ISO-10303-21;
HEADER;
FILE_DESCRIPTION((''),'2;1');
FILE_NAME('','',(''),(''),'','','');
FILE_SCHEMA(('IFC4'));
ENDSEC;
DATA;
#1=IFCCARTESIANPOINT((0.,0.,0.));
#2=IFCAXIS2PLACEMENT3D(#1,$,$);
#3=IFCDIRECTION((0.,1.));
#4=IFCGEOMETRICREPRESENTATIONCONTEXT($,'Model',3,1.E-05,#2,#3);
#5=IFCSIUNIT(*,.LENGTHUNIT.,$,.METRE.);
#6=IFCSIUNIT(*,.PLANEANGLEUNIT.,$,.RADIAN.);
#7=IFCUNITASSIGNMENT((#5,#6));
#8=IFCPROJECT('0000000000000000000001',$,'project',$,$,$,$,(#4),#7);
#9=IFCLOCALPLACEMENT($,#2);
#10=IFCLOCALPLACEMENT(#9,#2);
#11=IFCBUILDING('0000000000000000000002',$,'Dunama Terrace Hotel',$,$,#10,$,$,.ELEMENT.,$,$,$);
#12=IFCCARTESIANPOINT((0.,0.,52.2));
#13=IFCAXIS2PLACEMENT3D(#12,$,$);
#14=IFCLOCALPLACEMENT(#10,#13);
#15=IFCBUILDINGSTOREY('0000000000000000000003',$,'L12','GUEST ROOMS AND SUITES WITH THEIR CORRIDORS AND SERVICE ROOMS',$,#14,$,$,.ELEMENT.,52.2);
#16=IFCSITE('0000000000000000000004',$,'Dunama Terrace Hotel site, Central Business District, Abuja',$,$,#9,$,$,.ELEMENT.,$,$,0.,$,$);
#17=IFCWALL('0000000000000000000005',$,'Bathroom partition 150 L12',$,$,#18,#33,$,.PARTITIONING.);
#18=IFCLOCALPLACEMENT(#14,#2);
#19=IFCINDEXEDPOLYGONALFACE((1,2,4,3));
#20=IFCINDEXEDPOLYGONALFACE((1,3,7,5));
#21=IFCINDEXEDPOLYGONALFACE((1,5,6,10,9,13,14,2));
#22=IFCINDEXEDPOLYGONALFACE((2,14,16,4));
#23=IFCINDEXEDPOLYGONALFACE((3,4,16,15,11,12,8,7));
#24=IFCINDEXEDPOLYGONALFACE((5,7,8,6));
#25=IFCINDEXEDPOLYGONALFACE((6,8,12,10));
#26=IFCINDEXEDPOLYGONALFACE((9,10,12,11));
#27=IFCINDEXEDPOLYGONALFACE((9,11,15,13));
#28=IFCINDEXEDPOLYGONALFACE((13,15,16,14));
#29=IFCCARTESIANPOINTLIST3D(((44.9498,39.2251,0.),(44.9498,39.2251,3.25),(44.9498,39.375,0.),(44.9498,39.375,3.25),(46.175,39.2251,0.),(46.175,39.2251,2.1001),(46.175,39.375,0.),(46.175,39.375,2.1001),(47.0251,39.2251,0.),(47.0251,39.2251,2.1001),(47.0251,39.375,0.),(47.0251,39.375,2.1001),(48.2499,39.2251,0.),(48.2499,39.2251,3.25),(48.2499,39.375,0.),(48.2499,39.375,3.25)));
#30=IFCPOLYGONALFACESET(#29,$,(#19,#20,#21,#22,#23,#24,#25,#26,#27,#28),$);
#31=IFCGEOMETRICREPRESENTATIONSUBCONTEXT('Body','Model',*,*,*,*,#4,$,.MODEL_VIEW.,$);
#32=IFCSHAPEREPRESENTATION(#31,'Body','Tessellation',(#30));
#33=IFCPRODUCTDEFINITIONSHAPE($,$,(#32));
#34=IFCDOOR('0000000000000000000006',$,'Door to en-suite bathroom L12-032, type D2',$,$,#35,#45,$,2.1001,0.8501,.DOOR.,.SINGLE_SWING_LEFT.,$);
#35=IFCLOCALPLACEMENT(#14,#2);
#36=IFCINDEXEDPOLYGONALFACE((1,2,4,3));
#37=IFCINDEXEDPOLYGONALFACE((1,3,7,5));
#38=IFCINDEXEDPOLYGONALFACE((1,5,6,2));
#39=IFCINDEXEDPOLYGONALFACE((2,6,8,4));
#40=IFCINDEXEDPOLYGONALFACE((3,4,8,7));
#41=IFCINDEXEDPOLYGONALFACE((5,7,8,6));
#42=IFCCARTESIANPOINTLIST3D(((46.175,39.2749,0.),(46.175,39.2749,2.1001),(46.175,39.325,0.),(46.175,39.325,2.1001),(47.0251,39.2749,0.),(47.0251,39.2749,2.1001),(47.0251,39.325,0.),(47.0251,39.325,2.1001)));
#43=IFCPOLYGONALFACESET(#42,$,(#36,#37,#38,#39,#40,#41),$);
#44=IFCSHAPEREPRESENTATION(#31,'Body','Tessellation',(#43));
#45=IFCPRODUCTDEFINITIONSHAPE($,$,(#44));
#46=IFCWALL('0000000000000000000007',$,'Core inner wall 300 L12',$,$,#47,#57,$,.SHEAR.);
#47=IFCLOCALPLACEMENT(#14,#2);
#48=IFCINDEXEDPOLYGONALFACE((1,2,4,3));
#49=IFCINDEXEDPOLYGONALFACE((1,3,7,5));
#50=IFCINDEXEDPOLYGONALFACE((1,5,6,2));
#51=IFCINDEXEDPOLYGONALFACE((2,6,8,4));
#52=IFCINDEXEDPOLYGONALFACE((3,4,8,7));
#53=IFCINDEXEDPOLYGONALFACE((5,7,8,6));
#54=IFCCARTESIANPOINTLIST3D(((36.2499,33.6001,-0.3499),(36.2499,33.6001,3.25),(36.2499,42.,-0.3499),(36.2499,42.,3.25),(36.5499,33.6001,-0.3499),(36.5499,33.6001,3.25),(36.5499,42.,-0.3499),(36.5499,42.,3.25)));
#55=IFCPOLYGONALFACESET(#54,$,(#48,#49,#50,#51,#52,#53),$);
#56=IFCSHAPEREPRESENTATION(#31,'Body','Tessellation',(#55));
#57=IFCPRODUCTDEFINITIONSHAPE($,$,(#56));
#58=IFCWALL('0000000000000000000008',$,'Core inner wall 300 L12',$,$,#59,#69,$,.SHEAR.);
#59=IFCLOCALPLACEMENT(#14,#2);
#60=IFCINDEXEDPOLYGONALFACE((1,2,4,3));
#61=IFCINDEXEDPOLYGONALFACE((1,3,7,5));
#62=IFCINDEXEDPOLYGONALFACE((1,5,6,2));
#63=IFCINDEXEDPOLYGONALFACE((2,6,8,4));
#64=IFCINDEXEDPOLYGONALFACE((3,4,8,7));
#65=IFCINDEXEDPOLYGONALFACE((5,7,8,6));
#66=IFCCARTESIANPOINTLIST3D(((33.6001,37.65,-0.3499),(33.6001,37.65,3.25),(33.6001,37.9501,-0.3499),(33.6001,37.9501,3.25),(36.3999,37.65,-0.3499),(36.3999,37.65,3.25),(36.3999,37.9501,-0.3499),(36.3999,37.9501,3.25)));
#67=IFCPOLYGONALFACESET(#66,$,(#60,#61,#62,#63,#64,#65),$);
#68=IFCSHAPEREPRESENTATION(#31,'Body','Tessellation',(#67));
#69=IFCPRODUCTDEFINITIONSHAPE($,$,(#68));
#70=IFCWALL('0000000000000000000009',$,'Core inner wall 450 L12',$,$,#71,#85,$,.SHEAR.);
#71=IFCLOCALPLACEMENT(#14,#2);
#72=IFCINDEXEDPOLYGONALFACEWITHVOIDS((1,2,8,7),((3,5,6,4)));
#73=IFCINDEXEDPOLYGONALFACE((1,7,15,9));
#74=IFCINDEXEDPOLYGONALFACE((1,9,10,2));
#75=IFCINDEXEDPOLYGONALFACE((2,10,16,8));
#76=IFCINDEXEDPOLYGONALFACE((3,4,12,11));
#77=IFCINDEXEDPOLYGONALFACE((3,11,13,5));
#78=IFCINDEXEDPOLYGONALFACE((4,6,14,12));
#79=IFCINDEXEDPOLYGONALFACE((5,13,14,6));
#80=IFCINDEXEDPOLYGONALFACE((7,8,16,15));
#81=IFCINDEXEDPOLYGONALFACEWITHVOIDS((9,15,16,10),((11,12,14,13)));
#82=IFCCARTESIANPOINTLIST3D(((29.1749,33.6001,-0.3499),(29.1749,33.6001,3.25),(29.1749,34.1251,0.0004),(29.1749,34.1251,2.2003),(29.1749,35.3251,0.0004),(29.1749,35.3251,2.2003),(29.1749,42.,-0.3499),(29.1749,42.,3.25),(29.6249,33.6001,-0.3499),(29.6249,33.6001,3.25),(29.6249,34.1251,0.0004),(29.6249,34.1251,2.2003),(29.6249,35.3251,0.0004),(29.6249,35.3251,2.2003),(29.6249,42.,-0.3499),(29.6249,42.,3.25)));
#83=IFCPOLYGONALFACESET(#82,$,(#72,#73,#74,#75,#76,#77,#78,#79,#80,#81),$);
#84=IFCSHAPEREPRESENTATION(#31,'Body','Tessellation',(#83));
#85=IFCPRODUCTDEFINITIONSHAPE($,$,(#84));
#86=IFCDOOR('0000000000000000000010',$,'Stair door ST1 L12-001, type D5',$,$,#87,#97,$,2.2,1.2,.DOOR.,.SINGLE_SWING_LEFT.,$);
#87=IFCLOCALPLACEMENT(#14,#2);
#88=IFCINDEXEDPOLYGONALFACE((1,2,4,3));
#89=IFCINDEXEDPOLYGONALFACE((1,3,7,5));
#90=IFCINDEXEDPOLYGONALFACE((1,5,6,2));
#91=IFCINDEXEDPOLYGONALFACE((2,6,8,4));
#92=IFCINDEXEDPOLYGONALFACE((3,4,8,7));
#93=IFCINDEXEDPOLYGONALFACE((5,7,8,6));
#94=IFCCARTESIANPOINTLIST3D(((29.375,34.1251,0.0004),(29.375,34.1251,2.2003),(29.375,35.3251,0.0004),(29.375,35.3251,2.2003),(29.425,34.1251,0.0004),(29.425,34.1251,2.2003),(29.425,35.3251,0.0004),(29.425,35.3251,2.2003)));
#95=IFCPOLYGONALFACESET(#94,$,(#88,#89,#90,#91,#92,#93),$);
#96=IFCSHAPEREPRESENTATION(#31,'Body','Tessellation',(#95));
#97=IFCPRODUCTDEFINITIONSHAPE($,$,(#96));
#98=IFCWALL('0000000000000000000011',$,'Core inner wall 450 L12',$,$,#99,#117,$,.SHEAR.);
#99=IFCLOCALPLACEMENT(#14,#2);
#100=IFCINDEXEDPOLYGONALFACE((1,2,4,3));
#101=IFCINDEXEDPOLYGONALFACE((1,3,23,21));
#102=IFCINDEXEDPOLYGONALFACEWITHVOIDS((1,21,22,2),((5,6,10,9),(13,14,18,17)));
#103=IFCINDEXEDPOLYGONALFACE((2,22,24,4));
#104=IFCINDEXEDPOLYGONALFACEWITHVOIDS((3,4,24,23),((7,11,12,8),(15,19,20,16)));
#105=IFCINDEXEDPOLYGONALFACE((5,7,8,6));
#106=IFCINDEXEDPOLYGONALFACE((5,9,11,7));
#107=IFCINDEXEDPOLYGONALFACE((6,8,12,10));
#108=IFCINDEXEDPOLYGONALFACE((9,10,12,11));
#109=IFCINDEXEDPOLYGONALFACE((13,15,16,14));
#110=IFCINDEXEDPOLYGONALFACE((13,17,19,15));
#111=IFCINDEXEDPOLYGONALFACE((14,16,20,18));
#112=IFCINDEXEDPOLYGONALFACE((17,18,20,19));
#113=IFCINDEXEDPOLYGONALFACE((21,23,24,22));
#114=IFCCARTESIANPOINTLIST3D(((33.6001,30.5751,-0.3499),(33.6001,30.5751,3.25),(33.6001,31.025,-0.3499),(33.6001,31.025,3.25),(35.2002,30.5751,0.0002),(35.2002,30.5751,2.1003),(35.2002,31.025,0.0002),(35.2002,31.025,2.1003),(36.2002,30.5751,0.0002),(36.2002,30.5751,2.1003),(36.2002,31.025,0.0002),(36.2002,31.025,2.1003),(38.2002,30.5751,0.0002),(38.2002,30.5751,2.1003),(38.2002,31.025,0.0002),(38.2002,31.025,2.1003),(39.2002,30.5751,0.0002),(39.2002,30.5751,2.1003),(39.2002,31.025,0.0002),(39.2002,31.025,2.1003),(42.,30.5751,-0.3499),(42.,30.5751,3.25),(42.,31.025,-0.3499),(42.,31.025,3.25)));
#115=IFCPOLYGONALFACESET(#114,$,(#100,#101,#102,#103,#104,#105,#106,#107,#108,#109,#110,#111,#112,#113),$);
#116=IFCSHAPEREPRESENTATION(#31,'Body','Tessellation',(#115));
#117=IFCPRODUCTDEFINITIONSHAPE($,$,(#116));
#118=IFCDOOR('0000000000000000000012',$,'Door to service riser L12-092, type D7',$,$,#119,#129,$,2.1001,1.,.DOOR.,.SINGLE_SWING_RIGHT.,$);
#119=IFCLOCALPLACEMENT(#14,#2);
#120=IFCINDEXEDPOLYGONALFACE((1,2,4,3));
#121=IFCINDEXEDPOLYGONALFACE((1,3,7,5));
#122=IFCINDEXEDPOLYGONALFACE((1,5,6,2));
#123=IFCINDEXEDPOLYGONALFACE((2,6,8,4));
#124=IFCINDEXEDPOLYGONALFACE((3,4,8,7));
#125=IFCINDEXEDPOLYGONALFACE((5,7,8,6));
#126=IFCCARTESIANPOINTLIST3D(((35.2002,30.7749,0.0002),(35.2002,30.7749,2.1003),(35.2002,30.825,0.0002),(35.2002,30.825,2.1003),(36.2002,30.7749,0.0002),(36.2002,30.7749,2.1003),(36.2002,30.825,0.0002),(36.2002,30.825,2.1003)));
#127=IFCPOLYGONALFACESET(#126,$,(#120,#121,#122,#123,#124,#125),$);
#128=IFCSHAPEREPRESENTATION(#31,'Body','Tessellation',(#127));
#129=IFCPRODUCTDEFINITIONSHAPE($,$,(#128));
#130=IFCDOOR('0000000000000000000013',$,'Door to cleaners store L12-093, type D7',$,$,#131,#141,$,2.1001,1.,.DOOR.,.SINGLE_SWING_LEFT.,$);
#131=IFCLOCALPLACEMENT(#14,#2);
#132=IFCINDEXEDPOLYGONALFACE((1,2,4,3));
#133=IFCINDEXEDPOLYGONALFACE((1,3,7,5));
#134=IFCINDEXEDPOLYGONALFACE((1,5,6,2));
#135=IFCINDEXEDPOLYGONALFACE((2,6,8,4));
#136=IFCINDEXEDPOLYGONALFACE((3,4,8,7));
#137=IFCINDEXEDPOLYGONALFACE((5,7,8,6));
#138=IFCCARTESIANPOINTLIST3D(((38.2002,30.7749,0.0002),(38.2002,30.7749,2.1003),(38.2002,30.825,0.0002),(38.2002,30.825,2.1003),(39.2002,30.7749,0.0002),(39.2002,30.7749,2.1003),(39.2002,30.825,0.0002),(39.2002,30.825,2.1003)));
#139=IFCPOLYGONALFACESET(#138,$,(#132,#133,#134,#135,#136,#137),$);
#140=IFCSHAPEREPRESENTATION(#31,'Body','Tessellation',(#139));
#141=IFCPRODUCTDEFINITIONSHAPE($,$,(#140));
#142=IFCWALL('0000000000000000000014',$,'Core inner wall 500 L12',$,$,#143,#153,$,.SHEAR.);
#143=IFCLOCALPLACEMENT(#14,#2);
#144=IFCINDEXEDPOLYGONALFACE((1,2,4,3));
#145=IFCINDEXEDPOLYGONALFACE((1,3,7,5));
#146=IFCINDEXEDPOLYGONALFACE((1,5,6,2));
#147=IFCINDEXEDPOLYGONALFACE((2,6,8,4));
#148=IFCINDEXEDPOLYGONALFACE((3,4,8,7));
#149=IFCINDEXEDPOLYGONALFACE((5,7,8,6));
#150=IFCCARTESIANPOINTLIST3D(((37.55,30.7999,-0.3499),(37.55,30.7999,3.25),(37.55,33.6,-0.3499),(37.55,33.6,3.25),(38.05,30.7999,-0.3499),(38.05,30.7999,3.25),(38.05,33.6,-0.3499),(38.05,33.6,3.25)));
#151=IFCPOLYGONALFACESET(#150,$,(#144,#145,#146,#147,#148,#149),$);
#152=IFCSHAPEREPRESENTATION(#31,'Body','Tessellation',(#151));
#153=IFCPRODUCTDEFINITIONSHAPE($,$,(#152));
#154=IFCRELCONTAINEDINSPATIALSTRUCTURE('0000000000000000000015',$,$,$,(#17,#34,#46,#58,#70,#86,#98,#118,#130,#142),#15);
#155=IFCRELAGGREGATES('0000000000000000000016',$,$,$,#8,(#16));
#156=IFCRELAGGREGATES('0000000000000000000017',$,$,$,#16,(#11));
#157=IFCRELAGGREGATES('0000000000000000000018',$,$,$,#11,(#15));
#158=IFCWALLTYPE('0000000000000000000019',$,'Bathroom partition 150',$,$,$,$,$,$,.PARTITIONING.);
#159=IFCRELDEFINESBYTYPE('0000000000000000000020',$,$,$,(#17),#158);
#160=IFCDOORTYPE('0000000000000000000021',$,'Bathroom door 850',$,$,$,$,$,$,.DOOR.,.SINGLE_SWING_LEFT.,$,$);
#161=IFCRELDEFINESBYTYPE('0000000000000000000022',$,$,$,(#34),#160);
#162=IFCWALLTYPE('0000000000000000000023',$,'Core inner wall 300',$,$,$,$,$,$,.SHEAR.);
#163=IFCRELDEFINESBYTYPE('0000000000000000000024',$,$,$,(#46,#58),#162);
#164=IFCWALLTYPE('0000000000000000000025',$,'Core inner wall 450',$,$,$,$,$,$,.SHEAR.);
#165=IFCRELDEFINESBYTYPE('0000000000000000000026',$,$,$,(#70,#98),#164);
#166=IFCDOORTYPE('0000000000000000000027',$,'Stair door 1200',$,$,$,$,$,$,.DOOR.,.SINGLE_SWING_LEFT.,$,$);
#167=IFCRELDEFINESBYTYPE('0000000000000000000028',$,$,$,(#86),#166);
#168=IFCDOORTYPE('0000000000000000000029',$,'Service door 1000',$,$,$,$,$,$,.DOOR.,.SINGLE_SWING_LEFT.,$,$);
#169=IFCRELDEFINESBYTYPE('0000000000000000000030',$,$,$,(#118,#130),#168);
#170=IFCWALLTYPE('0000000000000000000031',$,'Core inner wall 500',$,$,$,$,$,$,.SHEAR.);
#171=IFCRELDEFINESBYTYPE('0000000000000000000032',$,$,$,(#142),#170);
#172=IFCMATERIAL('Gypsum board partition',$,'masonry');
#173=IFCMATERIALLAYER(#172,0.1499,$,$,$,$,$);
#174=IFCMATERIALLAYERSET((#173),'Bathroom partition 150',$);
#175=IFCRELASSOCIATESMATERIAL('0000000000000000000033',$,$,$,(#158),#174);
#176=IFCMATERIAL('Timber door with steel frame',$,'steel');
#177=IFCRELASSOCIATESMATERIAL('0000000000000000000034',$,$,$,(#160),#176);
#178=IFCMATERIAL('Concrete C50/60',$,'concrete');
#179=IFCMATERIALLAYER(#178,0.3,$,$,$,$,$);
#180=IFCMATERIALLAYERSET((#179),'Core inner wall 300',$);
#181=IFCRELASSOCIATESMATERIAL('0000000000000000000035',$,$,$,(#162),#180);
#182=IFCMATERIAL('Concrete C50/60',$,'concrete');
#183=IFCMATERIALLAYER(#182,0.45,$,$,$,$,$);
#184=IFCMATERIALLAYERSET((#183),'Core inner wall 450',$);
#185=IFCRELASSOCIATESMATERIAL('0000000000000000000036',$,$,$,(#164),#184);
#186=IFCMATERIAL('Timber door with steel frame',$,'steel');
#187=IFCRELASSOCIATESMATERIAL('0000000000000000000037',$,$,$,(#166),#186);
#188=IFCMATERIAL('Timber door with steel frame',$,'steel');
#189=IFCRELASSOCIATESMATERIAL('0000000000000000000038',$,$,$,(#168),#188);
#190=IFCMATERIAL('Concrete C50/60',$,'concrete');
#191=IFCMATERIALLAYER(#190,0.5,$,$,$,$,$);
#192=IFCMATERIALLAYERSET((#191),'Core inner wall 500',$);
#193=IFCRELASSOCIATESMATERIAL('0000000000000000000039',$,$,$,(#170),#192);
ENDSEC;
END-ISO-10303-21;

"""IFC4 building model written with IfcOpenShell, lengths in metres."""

from ifc_helpers import new_model, si_unit, direction, frame, frame_2d, origin, place, context, subcontext, project, spatial, rectangle, extrude, material, layer, layer_set, type_object, element, fill, save


model = new_model("IFC4")

# Units and contexts
model_context = context("Model", 3, precision=1e-05, world=origin(), true_north=direction((0.0, 1.0)))
body_context = subcontext(model_context, "Body", "Model", "MODEL_VIEW")
ifc_project = project(units=[si_unit("LENGTHUNIT", "METRE"), si_unit("PLANEANGLEUNIT", "RADIAN")], contexts=[model_context])

# Site, building, storey
site_placement = place(None, origin())
site = spatial("IfcSite", under=ifc_project, at=site_placement, Name="Dunama Terrace Hotel site, Central Business District, Abuja", CompositionType="ELEMENT", RefElevation=0.0)
building_placement = place(site_placement, origin())
building = spatial("IfcBuilding", under=site, at=building_placement, Name="Dunama Terrace Hotel", CompositionType="ELEMENT")
storey_placement = place(building_placement, frame((0.0, 0.0, 52.2)))
storey = spatial("IfcBuildingStorey", under=building, at=storey_placement, Name="L12", Description="GUEST ROOMS AND SUITES WITH THEIR CORRIDORS AND SERVICE ROOMS", CompositionType="ELEMENT", Elevation=52.2)

# Wall, opening, door
ifc_material_1 = material(Name="Gypsum board partition", Category="masonry")
ifc_layer_1 = layer(ifc_material_1, 0.1499)
ifc_layer_set_1 = layer_set([ifc_layer_1], Name="Bathroom partition 150")
wall_type_1 = type_object("IfcWallType", Name="Bathroom partition 150", PredefinedType="PARTITIONING", material=ifc_layer_set_1)
wall_1_placement = place(storey_placement, frame((44.95, 39.3, 0.0), z_axis=(0.0, 0.0, 1.0), x_axis=(1.0, 0.0, 0.0)))
wall_1 = element("IfcWall", 1, at=wall_1_placement, inside=storey, type_object=wall_type_1, Name="Bathroom partition 150 L12", PredefinedType="PARTITIONING", context=body_context, shape_type="SweptSolid", body=[
    extrude(rectangle(XDim=3.3, YDim=0.1499, at=frame_2d((1.6499, 0.0))), origin(), (0.0, 0.0, 1.0), 3.25),
])
opening_1_placement = place(wall_1_placement, frame((1.2251, 0.0, 0.0)))
opening_1 = element("IfcOpeningElement", 2, at=opening_1_placement, cuts=wall_1, PredefinedType="OPENING", context=body_context, shape_type="SweptSolid", body=[
    extrude(rectangle(XDim=0.8501, YDim=2.1001, at=frame_2d((0.425, 1.05))), frame((0.0, 0.085, 0.0), z_axis=(0.0, -1.0, 0.0), x_axis=(1.0, 0.0, 0.0)), (0.0, 0.0, 1.0), 0.1699),
])
ifc_material_2 = material(Name="Timber door with steel frame", Category="steel")
door_type_1 = type_object("IfcDoorType", Name="Bathroom door 850", OperationType="SINGLE_SWING_LEFT", PredefinedType="DOOR", material=ifc_material_2)
door_1_placement = place(opening_1_placement, origin())
door_1 = element("IfcDoor", 3, at=door_1_placement, inside=storey, type_object=door_type_1, Name="Door to en-suite bathroom L12-032, type D2", OperationType="SINGLE_SWING_LEFT", OverallHeight=2.1001, OverallWidth=0.8501, PredefinedType="DOOR", context=body_context, shape_type="SweptSolid", body=[
    extrude(rectangle(XDim=0.8501, YDim=2.1001, at=frame_2d((0.425, 1.05))), frame((0.0, 0.0249, 0.0), z_axis=(0.0, -1.0, 0.0), x_axis=(1.0, 0.0, 0.0)), (0.0, 0.0, 1.0), 0.05),
])
fill(opening_1, door_1)

# Walls
ifc_material_3 = material(Name="Concrete C50/60", Category="concrete")
ifc_layer_2 = layer(ifc_material_3, 0.3)
ifc_layer_set_2 = layer_set([ifc_layer_2], Name="Core inner wall 300")
wall_type_2 = type_object("IfcWallType", Name="Core inner wall 300", PredefinedType="SHEAR", material=ifc_layer_set_2)
wall_2_placement = place(storey_placement, frame((36.3999, 33.6001, -0.3499), z_axis=(0.0, 0.0, 1.0), x_axis=(0.0, 1.0, 0.0)))
element("IfcWall", 4, at=wall_2_placement, inside=storey, type_object=wall_type_2, Name="Core inner wall 300 L12", PredefinedType="SHEAR", context=body_context, shape_type="SweptSolid", body=[
    extrude(rectangle(XDim=8.3999, YDim=0.3, at=frame_2d((4.2, 0.0))), origin(), (0.0, 0.0, 1.0), 3.5999),
])
wall_3_placement = place(storey_placement, frame((33.6001, 37.8, -0.3499), z_axis=(0.0, 0.0, 1.0), x_axis=(1.0, 0.0, 0.0)))
element("IfcWall", 5, at=wall_3_placement, inside=storey, type_object=wall_type_2, Name="Core inner wall 300 L12", PredefinedType="SHEAR", context=body_context, shape_type="SweptSolid", body=[
    extrude(rectangle(XDim=2.7998, YDim=0.3, at=frame_2d((1.3999, 0.0))), origin(), (0.0, 0.0, 1.0), 3.5999),
])

# Wall, opening, door
ifc_material_4 = material(Name="Concrete C50/60", Category="concrete")
ifc_layer_3 = layer(ifc_material_4, 0.45)
ifc_layer_set_3 = layer_set([ifc_layer_3], Name="Core inner wall 450")
wall_type_3 = type_object("IfcWallType", Name="Core inner wall 450", PredefinedType="SHEAR", material=ifc_layer_set_3)
wall_4_placement = place(storey_placement, frame((29.3999, 33.6001, -0.3499), z_axis=(0.0, 0.0, 1.0), x_axis=(0.0, 1.0, 0.0)))
wall_4 = element("IfcWall", 6, at=wall_4_placement, inside=storey, type_object=wall_type_3, Name="Core inner wall 450 L12", PredefinedType="SHEAR", context=body_context, shape_type="SweptSolid", body=[
    extrude(rectangle(XDim=8.3999, YDim=0.45, at=frame_2d((4.2, 0.0))), origin(), (0.0, 0.0, 1.0), 3.5999),
])
opening_2_placement = place(wall_4_placement, frame((0.5249, 0.0, 0.3501)))
opening_2 = element("IfcOpeningElement", 7, at=opening_2_placement, cuts=wall_4, PredefinedType="OPENING", context=body_context, shape_type="SweptSolid", body=[
    extrude(rectangle(XDim=1.2, YDim=2.2, at=frame_2d((0.6001, 1.1001))), frame((0.0, 0.2349, 0.0), z_axis=(0.0, -1.0, 0.0), x_axis=(1.0, 0.0, 0.0)), (0.0, 0.0, 1.0), 0.47),
])
ifc_material_5 = material(Name="Timber door with steel frame", Category="steel")
door_type_2 = type_object("IfcDoorType", Name="Stair door 1200", OperationType="SINGLE_SWING_LEFT", PredefinedType="DOOR", material=ifc_material_5)
door_2_placement = place(opening_2_placement, origin())
door_2 = element("IfcDoor", 8, at=door_2_placement, inside=storey, type_object=door_type_2, Name="Stair door ST1 L12-001, type D5", OperationType="SINGLE_SWING_LEFT", OverallHeight=2.2, OverallWidth=1.2, PredefinedType="DOOR", context=body_context, shape_type="SweptSolid", body=[
    extrude(rectangle(XDim=1.2, YDim=2.2, at=frame_2d((0.6001, 1.1001))), frame((0.0, 0.0249, 0.0), z_axis=(0.0, -1.0, 0.0), x_axis=(1.0, 0.0, 0.0)), (0.0, 0.0, 1.0), 0.05),
])
fill(opening_2, door_2)

# Wall, openings, doors
wall_5_placement = place(storey_placement, frame((33.6001, 30.8, -0.3499), z_axis=(0.0, 0.0, 1.0), x_axis=(1.0, 0.0, 0.0)))
wall_5 = element("IfcWall", 9, at=wall_5_placement, inside=storey, type_object=wall_type_3, Name="Core inner wall 450 L12", PredefinedType="SHEAR", context=body_context, shape_type="SweptSolid", body=[
    extrude(rectangle(XDim=8.3999, YDim=0.45, at=frame_2d((4.2, 0.0))), origin(), (0.0, 0.0, 1.0), 3.5999),
])
opening_3_placement = place(wall_5_placement, frame((1.6001, 0.0, 0.3501)))
opening_3 = element("IfcOpeningElement", 10, at=opening_3_placement, cuts=wall_5, PredefinedType="OPENING", context=body_context, shape_type="SweptSolid", body=[
    extrude(rectangle(XDim=1.0, YDim=2.1001, at=frame_2d((0.5, 1.05))), frame((0.0, 0.2349, 0.0), z_axis=(0.0, -1.0, 0.0), x_axis=(1.0, 0.0, 0.0)), (0.0, 0.0, 1.0), 0.47),
])
opening_4_placement = place(wall_5_placement, frame((4.6001, 0.0, 0.3501)))
opening_4 = element("IfcOpeningElement", 11, at=opening_4_placement, cuts=wall_5, PredefinedType="OPENING", context=body_context, shape_type="SweptSolid", body=[
    extrude(rectangle(XDim=1.0, YDim=2.1001, at=frame_2d((0.5, 1.05))), frame((0.0, 0.2349, 0.0), z_axis=(0.0, -1.0, 0.0), x_axis=(1.0, 0.0, 0.0)), (0.0, 0.0, 1.0), 0.47),
])
ifc_material_6 = material(Name="Timber door with steel frame", Category="steel")
door_type_3 = type_object("IfcDoorType", Name="Service door 1000", OperationType="SINGLE_SWING_LEFT", PredefinedType="DOOR", material=ifc_material_6)
door_3_placement = place(opening_3_placement, origin())
door_3 = element("IfcDoor", 12, at=door_3_placement, inside=storey, type_object=door_type_3, Name="Door to service riser L12-092, type D7", OperationType="SINGLE_SWING_RIGHT", OverallHeight=2.1001, OverallWidth=1.0, PredefinedType="DOOR", context=body_context, shape_type="SweptSolid", body=[
    extrude(rectangle(XDim=1.0, YDim=2.1001, at=frame_2d((0.5, 1.05))), frame((0.0, 0.0249, 0.0), z_axis=(0.0, -1.0, 0.0), x_axis=(1.0, 0.0, 0.0)), (0.0, 0.0, 1.0), 0.05),
])
fill(opening_3, door_3)
door_4_placement = place(opening_4_placement, origin())
door_4 = element("IfcDoor", 13, at=door_4_placement, inside=storey, type_object=door_type_3, Name="Door to cleaners store L12-093, type D7", OperationType="SINGLE_SWING_LEFT", OverallHeight=2.1001, OverallWidth=1.0, PredefinedType="DOOR", context=body_context, shape_type="SweptSolid", body=[
    extrude(rectangle(XDim=1.0, YDim=2.1001, at=frame_2d((0.5, 1.05))), frame((0.0, 0.0249, 0.0), z_axis=(0.0, -1.0, 0.0), x_axis=(1.0, 0.0, 0.0)), (0.0, 0.0, 1.0), 0.05),
])
fill(opening_4, door_4)

# Wall
ifc_material_7 = material(Name="Concrete C50/60", Category="concrete")
ifc_layer_4 = layer(ifc_material_7, 0.5)
ifc_layer_set_4 = layer_set([ifc_layer_4], Name="Core inner wall 500")
wall_type_4 = type_object("IfcWallType", Name="Core inner wall 500", PredefinedType="SHEAR", material=ifc_layer_set_4)
wall_6_placement = place(storey_placement, frame((37.8, 30.8, -0.3499), z_axis=(0.0, 0.0, 1.0), x_axis=(0.0, 1.0, 0.0)))
element("IfcWall", 14, at=wall_6_placement, inside=storey, type_object=wall_type_4, Name="Core inner wall 500 L12", PredefinedType="SHEAR", context=body_context, shape_type="SweptSolid", body=[
    extrude(rectangle(XDim=2.8, YDim=0.5, at=frame_2d((1.3999, 0.0))), origin(), (0.0, 0.0, 1.0), 3.5999),
])

save(model, "model.ifc")
